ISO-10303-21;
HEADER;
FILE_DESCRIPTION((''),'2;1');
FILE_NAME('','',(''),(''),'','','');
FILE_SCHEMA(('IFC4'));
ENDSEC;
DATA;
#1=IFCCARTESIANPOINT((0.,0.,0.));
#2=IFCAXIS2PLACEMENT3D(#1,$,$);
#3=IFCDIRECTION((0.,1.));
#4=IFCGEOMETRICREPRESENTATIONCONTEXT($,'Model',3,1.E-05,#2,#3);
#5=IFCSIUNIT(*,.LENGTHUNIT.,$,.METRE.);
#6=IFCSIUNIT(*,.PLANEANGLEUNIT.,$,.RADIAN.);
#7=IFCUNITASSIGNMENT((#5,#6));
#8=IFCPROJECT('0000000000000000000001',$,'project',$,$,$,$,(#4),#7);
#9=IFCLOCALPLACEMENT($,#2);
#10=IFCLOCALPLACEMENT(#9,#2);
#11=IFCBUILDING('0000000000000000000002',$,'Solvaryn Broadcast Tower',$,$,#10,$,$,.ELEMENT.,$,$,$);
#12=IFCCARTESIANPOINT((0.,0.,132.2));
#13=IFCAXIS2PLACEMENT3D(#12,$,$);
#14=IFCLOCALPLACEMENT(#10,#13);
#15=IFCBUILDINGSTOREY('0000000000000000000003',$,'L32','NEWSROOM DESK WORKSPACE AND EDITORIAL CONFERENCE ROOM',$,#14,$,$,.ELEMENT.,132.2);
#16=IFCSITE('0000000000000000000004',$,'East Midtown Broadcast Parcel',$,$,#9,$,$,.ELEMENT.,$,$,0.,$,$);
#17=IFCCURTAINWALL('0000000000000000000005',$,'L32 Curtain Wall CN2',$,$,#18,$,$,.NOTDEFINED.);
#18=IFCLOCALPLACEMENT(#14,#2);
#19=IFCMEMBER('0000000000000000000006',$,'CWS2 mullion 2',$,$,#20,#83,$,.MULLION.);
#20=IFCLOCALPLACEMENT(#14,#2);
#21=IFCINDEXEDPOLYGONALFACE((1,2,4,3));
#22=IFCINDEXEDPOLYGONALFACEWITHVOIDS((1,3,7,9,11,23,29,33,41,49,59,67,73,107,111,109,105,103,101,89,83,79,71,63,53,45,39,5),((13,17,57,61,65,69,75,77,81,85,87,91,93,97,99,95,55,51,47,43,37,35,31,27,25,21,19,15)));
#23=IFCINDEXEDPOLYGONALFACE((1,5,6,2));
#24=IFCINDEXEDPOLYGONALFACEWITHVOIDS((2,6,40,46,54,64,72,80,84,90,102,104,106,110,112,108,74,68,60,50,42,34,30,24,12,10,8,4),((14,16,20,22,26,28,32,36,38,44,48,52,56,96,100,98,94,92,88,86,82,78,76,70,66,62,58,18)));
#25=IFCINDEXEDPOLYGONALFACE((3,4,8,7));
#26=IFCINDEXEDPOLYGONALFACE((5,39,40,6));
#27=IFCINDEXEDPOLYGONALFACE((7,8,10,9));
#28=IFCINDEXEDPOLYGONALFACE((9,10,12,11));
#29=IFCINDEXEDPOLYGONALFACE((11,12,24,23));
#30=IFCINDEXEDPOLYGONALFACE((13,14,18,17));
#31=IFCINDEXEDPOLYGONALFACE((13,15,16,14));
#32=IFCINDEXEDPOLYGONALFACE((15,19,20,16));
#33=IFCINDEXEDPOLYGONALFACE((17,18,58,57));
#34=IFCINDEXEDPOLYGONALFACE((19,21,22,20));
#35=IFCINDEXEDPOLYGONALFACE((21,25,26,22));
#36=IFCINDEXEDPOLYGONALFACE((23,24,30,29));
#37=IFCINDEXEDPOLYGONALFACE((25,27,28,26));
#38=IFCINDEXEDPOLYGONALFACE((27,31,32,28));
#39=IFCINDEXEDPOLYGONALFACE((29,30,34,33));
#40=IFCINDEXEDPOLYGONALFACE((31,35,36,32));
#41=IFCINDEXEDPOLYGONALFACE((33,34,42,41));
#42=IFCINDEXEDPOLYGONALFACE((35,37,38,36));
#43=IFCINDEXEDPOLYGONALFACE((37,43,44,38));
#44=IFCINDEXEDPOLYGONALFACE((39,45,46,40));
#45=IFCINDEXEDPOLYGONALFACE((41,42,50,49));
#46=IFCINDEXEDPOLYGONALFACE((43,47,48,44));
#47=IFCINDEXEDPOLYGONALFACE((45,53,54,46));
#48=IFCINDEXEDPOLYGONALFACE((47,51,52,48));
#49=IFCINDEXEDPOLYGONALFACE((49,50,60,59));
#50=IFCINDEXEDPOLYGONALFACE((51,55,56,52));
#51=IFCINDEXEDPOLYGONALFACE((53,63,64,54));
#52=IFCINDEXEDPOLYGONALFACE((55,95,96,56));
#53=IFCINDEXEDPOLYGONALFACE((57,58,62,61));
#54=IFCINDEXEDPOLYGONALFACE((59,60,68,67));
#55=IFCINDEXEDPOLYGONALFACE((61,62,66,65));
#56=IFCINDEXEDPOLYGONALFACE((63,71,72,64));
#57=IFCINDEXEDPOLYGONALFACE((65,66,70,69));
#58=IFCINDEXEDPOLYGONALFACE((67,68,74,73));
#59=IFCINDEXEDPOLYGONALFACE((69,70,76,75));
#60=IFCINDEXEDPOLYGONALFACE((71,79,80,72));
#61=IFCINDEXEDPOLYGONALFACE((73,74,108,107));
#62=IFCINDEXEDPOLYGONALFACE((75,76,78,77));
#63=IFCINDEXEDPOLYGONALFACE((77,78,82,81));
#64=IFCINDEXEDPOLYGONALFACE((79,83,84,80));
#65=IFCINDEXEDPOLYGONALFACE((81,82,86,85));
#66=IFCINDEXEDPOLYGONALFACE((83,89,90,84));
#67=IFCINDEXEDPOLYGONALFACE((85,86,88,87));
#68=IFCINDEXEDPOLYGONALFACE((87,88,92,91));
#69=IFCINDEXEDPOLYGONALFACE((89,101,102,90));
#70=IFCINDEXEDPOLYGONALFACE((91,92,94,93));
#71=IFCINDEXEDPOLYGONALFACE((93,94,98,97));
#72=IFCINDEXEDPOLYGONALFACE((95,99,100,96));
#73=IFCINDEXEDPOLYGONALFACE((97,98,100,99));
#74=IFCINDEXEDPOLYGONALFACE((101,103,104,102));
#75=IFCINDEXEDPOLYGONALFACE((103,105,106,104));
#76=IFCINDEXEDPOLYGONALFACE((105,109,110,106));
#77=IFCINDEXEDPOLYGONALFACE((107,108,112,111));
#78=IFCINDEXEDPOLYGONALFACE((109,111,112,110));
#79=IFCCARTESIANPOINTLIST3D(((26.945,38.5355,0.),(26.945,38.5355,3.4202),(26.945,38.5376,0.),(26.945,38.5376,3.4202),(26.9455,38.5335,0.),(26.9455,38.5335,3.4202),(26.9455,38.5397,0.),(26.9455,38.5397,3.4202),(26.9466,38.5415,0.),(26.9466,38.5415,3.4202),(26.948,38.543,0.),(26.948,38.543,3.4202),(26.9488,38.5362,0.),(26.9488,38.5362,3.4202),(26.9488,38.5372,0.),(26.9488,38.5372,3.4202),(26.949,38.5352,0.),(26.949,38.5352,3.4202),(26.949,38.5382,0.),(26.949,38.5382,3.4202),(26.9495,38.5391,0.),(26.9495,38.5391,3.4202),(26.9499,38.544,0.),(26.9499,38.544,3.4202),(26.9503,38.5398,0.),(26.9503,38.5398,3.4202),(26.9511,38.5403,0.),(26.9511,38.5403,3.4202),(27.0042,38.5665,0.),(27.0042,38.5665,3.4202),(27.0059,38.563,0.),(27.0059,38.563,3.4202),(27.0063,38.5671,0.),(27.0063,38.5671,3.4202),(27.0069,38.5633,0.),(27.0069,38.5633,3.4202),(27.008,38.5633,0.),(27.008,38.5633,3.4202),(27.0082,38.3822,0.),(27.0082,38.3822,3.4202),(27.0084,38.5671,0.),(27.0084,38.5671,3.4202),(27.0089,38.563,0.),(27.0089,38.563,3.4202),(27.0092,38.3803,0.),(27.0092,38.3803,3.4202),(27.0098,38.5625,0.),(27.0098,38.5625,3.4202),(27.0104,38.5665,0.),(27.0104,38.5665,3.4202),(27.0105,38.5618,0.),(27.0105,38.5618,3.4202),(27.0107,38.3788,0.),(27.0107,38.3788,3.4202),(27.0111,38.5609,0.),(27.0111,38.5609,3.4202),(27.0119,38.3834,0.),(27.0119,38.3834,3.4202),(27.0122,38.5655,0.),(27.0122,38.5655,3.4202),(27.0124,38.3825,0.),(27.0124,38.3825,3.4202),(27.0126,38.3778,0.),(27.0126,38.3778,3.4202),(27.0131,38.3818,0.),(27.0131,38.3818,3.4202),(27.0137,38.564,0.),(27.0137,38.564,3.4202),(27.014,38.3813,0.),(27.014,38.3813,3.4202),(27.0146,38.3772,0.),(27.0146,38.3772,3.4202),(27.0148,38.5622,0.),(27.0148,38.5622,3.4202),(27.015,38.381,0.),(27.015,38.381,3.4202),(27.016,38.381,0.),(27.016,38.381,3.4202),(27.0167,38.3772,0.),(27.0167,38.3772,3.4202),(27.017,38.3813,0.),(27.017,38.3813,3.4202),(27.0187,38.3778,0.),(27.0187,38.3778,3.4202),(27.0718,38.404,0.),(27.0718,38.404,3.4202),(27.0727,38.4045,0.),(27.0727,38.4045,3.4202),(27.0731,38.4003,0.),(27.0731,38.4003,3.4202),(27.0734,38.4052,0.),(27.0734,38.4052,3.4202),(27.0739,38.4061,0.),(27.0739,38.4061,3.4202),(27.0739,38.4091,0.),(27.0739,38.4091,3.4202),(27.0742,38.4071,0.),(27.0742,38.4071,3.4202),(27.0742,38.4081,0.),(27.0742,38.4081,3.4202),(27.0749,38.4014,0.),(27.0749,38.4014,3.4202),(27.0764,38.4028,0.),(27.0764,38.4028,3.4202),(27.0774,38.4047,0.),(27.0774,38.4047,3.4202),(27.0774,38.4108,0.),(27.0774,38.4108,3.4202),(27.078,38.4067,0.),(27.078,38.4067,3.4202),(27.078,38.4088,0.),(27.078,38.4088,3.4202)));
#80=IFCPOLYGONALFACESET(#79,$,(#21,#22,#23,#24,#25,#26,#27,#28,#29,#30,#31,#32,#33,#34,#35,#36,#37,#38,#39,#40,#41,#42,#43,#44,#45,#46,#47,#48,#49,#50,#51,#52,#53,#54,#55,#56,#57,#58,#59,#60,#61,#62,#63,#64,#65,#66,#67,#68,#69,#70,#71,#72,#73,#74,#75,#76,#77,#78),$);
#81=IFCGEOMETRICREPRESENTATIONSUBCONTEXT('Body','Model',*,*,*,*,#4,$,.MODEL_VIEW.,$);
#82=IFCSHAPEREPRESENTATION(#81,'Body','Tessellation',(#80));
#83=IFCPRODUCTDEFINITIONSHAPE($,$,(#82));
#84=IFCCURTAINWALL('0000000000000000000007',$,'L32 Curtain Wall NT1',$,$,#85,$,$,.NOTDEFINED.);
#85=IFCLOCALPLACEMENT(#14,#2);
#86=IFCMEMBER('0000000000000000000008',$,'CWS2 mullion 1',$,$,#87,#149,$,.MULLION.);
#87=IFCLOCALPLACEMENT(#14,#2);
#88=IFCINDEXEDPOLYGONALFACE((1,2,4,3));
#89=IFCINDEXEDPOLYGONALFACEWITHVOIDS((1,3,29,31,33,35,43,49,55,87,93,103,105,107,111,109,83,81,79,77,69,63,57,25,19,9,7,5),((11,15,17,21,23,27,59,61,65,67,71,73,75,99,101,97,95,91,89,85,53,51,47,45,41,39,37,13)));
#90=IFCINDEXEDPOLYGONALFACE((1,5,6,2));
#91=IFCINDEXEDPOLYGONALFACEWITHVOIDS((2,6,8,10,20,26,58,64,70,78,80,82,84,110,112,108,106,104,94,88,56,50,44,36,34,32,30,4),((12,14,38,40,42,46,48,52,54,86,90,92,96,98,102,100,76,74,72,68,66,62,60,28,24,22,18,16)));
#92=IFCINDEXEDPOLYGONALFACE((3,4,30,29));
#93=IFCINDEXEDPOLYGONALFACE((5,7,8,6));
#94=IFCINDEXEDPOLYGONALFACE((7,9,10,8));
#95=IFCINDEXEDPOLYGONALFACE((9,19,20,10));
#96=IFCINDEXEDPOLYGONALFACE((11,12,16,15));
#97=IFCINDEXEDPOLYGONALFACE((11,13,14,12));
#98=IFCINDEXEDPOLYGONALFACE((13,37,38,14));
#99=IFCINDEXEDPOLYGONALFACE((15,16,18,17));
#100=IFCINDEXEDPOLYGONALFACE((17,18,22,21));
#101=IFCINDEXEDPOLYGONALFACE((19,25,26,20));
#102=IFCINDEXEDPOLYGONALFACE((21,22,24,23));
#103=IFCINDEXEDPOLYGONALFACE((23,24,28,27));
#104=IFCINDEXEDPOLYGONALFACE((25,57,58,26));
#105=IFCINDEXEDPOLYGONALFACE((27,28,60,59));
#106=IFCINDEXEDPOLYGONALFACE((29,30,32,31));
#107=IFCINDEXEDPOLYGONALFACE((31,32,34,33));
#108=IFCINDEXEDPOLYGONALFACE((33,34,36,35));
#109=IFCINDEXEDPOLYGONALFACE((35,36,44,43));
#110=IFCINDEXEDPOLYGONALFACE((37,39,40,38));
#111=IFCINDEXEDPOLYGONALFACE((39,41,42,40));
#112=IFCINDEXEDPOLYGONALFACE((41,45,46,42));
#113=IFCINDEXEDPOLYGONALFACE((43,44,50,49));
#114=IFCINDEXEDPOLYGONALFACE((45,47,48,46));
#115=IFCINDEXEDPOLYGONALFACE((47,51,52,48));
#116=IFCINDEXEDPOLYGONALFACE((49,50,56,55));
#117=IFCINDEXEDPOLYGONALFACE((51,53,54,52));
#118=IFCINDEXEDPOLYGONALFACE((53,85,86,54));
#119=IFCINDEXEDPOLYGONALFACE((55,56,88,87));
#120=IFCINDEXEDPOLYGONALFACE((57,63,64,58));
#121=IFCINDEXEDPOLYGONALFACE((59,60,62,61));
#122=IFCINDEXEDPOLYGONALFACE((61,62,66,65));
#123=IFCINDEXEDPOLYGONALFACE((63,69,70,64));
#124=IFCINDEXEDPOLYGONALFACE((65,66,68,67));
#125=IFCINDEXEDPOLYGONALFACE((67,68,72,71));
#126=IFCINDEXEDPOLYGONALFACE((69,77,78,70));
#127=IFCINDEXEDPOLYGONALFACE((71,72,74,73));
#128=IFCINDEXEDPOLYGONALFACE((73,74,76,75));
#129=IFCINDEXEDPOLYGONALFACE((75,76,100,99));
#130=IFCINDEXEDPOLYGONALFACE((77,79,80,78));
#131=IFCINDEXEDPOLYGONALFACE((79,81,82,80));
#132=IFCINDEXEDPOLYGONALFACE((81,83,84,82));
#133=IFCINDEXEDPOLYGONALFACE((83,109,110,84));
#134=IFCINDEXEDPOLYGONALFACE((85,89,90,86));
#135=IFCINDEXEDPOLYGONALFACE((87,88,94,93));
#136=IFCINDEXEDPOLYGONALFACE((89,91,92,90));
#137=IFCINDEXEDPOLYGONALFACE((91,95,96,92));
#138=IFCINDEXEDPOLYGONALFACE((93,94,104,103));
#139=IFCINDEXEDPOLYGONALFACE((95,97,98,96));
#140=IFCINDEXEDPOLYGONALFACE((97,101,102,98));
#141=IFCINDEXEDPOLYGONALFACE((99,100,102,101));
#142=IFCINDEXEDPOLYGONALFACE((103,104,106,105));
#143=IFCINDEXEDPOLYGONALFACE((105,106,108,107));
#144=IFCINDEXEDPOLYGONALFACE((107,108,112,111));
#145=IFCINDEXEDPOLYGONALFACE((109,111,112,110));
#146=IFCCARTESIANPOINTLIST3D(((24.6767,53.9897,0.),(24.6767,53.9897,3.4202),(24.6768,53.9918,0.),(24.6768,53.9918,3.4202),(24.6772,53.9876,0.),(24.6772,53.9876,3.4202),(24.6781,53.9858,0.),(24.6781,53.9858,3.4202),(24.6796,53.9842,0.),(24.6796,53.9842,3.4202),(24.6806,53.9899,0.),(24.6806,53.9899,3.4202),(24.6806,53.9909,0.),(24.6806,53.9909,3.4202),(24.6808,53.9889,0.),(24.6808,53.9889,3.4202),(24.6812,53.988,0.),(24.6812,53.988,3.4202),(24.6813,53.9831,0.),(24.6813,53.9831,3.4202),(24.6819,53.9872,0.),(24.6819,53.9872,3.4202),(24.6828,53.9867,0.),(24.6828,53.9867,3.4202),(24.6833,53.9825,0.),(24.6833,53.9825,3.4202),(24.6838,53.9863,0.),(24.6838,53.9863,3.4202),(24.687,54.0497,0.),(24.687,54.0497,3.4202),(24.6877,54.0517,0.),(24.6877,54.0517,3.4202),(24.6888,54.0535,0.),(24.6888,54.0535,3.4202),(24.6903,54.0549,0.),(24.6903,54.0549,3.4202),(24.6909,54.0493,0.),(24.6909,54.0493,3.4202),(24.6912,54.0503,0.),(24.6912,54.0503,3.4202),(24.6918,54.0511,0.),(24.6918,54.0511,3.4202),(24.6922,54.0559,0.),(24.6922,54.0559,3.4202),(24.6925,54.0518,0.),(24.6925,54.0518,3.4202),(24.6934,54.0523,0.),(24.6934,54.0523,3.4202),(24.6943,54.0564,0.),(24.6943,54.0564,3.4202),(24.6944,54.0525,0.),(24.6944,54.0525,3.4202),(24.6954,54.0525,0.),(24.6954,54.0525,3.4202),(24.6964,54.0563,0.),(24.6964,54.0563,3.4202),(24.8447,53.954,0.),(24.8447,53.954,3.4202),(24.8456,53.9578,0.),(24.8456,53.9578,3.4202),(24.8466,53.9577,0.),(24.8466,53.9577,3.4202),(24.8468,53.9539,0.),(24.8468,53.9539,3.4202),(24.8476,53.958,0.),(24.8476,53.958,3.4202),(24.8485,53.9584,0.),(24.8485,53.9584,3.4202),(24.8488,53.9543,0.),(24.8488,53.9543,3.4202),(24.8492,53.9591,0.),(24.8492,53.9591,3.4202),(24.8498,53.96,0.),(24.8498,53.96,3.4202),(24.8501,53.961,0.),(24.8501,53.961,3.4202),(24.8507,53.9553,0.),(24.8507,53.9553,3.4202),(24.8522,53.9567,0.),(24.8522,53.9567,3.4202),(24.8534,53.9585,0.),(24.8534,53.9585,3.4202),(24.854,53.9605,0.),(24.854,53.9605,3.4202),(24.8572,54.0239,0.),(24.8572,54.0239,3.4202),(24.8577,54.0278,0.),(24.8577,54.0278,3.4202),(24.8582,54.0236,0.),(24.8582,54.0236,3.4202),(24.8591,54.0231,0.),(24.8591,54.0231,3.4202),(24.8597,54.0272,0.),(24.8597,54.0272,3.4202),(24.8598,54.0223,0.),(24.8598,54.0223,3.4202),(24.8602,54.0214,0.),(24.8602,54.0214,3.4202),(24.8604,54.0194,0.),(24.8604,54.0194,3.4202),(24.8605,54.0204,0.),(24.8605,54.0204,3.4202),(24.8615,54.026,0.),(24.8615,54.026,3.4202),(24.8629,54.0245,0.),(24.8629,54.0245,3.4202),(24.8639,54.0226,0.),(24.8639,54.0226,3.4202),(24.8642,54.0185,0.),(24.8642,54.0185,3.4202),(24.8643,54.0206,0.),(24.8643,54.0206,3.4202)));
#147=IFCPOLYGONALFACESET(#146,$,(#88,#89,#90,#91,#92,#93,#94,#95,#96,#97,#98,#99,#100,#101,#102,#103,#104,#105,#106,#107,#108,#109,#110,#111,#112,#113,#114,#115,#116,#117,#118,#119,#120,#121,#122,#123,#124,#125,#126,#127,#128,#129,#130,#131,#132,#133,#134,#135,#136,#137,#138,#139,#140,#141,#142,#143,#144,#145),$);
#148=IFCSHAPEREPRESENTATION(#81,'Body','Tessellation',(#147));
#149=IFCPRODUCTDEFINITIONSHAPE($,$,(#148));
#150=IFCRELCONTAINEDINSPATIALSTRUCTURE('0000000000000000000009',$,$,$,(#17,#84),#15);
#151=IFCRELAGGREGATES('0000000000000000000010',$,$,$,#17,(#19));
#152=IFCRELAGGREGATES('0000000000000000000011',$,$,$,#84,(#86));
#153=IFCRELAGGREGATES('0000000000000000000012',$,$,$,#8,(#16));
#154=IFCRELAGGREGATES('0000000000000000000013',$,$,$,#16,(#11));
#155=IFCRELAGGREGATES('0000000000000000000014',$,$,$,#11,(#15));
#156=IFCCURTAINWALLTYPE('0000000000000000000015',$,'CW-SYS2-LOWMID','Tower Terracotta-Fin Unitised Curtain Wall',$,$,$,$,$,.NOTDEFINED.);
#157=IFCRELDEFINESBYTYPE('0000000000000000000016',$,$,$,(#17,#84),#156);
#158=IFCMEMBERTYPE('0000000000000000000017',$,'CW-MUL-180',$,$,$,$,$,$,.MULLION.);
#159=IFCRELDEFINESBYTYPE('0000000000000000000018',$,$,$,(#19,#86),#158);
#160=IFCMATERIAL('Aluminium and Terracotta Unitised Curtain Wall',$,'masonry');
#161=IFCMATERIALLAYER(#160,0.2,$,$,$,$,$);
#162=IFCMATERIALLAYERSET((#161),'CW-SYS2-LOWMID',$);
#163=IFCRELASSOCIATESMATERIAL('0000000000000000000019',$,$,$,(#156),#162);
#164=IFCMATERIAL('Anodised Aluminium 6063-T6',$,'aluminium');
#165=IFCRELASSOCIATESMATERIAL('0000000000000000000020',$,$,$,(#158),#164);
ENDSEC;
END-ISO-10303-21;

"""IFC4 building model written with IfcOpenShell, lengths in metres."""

from ifc_helpers import new_model, si_unit, direction, frame, origin, origin_2d, place, context, subcontext, project, spatial, hollow_rectangle, extrude, material, layer, layer_set, material_profile, profile_set, type_object, element, aggregate, save


model = new_model("IFC4")

# Units and contexts
model_context = context("Model", 3, precision=1e-05, world=origin(), true_north=direction((0.0, 1.0)))
body_context = subcontext(model_context, "Body", "Model", "MODEL_VIEW")
ifc_project = project(units=[si_unit("LENGTHUNIT", "METRE"), si_unit("PLANEANGLEUNIT", "RADIAN")], contexts=[model_context])

# Site, building, storey
site_placement = place(None, origin())
site = spatial("IfcSite", under=ifc_project, at=site_placement, Name="East Midtown Broadcast Parcel", CompositionType="ELEMENT", RefElevation=0.0)
building_placement = place(site_placement, origin())
building = spatial("IfcBuilding", under=site, at=building_placement, Name="Solvaryn Broadcast Tower", CompositionType="ELEMENT")
storey_placement = place(building_placement, frame((0.0, 0.0, 132.2)))
storey = spatial("IfcBuildingStorey", under=building, at=storey_placement, Name="L32", Description="NEWSROOM DESK WORKSPACE AND EDITORIAL CONFERENCE ROOM", CompositionType="ELEMENT", Elevation=132.2)

# Shared definitions
ifc_material_1 = material(Name="Aluminium and Terracotta Unitised Curtain Wall", Category="masonry")
ifc_layer_1 = layer(ifc_material_1, 0.2)
ifc_layer_set_1 = layer_set([ifc_layer_1], Name="CW-SYS2-LOWMID")
curtain_wall_type = type_object("IfcCurtainWallType", Name="CW-SYS2-LOWMID", Description="Tower Terracotta-Fin Unitised Curtain Wall", PredefinedType="NOTDEFINED", material=ifc_layer_set_1)
ifc_material_2 = material(Name="Anodised Aluminium 6063-T6", Category="aluminium")
ifc_material_profile_1 = material_profile(ifc_material_2, hollow_rectangle(XDim=0.075, YDim=0.1799, WallThickness=0.0039, InnerFilletRadius=0.0039, OuterFilletRadius=0.0081, at=origin_2d()))
ifc_profile_set_1 = profile_set([ifc_material_profile_1], Name="Anodised Aluminium 6063-T6")
member_type_1 = type_object("IfcMemberType", Name="CW-MUL-180", PredefinedType="MULLION", material=ifc_profile_set_1)

# Curtain walls, members
curtain_wall_1_placement = place(storey_placement, origin())
curtain_wall_1 = element("IfcCurtainWall", 1, at=curtain_wall_1_placement, inside=storey, type_object=curtain_wall_type, Name="L32 Curtain Wall CN2", PredefinedType="NOTDEFINED")
member_1_placement = place(storey_placement, frame((27.0115, 38.4722, 0.0), z_axis=(0.0, 0.0, 1.0), x_axis=(-0.923895, -0.382646, 0.0)))
member_1 = element("IfcMember", 2, at=member_1_placement, type_object=member_type_1, Name="CWS2 mullion 2", PredefinedType="MULLION", context=body_context, shape_type="SweptSolid", body=[
    extrude(hollow_rectangle(XDim=0.075, YDim=0.1799, WallThickness=0.0039, InnerFilletRadius=0.0039, OuterFilletRadius=0.0081, at=origin_2d()), origin(), (0.0, 0.0, 1.0), 3.4202),
])
aggregate(curtain_wall_1, [member_1])
curtain_wall_2_placement = place(storey_placement, origin())
curtain_wall_2 = element("IfcCurtainWall", 3, at=curtain_wall_2_placement, inside=storey, type_object=curtain_wall_type, Name="L32 Curtain Wall NT1", PredefinedType="NOTDEFINED")
member_2_placement = place(storey_placement, frame((24.7705, 54.0051, 0.0), z_axis=(0.0, 0.0, 1.0), x_axis=(-0.173785, -0.984784, 0.0)))
member_2 = element("IfcMember", 4, at=member_2_placement, type_object=member_type_1, Name="CWS2 mullion 1", PredefinedType="MULLION", context=body_context, shape_type="SweptSolid", body=[
    extrude(hollow_rectangle(XDim=0.075, YDim=0.1799, WallThickness=0.0039, InnerFilletRadius=0.0039, OuterFilletRadius=0.0081, at=origin_2d()), origin(), (0.0, 0.0, 1.0), 3.4202),
])

aggregate(curtain_wall_2, [member_2])

save(model, "model.ifc")
